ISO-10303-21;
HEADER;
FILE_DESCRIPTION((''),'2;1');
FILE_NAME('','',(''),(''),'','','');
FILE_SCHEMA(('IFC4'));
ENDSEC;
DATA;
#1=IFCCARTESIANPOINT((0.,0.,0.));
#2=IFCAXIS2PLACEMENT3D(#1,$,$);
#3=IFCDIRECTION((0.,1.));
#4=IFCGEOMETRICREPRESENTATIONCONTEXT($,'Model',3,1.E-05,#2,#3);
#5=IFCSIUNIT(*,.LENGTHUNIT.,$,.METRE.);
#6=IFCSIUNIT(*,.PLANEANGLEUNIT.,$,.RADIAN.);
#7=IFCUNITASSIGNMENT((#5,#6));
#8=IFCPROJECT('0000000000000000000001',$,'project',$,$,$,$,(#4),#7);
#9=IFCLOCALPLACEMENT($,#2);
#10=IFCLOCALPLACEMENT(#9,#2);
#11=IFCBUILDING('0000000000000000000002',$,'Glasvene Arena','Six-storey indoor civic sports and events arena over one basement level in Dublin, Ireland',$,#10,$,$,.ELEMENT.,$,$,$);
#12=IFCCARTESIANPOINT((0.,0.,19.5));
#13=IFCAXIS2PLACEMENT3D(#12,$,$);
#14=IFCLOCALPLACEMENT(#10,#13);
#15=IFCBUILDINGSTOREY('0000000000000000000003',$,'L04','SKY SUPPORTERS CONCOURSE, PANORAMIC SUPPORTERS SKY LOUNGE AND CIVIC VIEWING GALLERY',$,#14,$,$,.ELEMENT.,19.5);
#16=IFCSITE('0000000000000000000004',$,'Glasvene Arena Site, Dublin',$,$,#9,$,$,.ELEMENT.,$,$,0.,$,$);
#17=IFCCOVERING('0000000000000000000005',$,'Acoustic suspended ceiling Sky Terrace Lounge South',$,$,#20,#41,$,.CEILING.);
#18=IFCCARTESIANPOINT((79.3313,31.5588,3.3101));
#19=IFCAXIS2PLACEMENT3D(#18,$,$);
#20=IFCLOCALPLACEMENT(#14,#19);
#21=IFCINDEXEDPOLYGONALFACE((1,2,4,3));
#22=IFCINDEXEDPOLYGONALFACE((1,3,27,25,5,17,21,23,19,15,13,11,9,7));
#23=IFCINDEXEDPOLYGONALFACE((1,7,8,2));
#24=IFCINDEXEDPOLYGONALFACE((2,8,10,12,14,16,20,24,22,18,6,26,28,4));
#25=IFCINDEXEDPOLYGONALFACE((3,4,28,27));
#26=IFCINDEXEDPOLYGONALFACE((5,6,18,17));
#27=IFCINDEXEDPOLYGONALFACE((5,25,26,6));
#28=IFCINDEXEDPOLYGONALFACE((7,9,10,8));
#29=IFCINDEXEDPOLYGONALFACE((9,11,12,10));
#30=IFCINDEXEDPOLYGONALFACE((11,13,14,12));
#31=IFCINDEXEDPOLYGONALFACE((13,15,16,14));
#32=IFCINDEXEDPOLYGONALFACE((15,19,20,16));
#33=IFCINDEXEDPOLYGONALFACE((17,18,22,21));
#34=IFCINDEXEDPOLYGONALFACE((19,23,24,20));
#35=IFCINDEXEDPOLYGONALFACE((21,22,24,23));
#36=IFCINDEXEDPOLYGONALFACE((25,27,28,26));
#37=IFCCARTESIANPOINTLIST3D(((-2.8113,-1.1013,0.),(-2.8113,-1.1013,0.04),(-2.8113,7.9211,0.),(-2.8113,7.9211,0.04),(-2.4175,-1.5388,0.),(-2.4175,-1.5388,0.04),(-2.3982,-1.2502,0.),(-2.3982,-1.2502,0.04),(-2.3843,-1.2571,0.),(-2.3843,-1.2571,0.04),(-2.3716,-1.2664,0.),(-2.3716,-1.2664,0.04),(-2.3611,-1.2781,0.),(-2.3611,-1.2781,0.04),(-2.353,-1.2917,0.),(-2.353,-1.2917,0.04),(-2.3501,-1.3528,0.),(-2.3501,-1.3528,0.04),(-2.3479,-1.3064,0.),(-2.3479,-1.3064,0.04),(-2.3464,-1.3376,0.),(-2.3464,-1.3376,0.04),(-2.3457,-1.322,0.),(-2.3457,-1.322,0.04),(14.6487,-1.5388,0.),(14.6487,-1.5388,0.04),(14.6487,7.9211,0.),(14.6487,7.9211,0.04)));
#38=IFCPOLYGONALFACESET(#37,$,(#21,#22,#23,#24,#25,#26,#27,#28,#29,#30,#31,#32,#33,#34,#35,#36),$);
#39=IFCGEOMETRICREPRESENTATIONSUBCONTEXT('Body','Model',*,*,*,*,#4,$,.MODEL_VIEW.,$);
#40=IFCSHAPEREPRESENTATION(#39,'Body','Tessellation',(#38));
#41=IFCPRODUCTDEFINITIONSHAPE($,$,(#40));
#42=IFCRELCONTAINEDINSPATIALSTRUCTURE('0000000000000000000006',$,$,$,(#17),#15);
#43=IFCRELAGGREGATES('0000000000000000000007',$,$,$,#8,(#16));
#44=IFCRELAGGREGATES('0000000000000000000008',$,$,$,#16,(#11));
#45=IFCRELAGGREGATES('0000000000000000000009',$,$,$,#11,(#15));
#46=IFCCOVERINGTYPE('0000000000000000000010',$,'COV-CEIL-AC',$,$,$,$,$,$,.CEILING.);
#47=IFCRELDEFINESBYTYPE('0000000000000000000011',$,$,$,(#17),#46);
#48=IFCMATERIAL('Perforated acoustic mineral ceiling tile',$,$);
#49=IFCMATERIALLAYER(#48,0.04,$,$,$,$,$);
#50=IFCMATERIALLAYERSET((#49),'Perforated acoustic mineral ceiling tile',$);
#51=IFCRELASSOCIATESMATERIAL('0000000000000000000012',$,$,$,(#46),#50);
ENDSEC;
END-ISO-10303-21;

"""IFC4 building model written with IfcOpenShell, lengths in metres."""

from ifc_helpers import new_model, si_unit, direction, frame, origin, place, context, subcontext, project, spatial, polyline, outline, extrude, material, layer, layer_set, type_object, element, save


model = new_model("IFC4")

# Units and contexts
model_context = context("Model", 3, precision=1e-05, world=origin(), true_north=direction((0.0, 1.0)))
body_context = subcontext(model_context, "Body", "Model", "MODEL_VIEW")
ifc_project = project(units=[si_unit("LENGTHUNIT", "METRE"), si_unit("PLANEANGLEUNIT", "RADIAN")], contexts=[model_context])

# Site, building, storey
site_placement = place(None, origin())
site = spatial("IfcSite", under=ifc_project, at=site_placement, Name="Glasvene Arena Site, Dublin", CompositionType="ELEMENT", RefElevation=0.0)
building_placement = place(site_placement, origin())
building = spatial("IfcBuilding", under=site, at=building_placement, Name="Glasvene Arena", Description="Six-storey indoor civic sports and events arena over one basement level in Dublin, Ireland", CompositionType="ELEMENT")
storey_placement = place(building_placement, frame((0.0, 0.0, 19.5)))
storey = spatial("IfcBuildingStorey", under=building, at=storey_placement, Name="L04", Description="SKY SUPPORTERS CONCOURSE, PANORAMIC SUPPORTERS SKY LOUNGE AND CIVIC VIEWING GALLERY", CompositionType="ELEMENT", Elevation=19.5)

# Covering
ifc_material_1 = material(Name="Perforated acoustic mineral ceiling tile")
ifc_layer_1 = layer(ifc_material_1, 0.04)
ifc_layer_set_1 = layer_set([ifc_layer_1], Name="Perforated acoustic mineral ceiling tile")
covering_type = type_object("IfcCoveringType", Name="COV-CEIL-AC", PredefinedType="CEILING", material=ifc_layer_set_1)
covering_placement = place(storey_placement, frame((79.3313, 31.5588, 3.3101)))
element("IfcCovering", 1, at=covering_placement, inside=storey, type_object=covering_type, Name="Acoustic suspended ceiling Sky Terrace Lounge South", PredefinedType="CEILING", context=body_context, shape_type="SweptSolid", body=[
    extrude(outline(polyline([(14.6487, 7.9211), (14.6487, -1.5388), (-2.4175, -1.5388), (-2.3501, -1.3528), (-2.3464, -1.3376), (-2.3457, -1.322), (-2.3479, -1.3064), (-2.353, -1.2917), (-2.3611, -1.2781), (-2.3716, -1.2664), (-2.3843, -1.2571), (-2.3982, -1.2502), (-2.8113, -1.1013), (-2.8113, 7.9211), (14.6487, 7.9211)])), origin(), (0.0, 0.0, 1.0), 0.04),
])

save(model, "model.ifc")
